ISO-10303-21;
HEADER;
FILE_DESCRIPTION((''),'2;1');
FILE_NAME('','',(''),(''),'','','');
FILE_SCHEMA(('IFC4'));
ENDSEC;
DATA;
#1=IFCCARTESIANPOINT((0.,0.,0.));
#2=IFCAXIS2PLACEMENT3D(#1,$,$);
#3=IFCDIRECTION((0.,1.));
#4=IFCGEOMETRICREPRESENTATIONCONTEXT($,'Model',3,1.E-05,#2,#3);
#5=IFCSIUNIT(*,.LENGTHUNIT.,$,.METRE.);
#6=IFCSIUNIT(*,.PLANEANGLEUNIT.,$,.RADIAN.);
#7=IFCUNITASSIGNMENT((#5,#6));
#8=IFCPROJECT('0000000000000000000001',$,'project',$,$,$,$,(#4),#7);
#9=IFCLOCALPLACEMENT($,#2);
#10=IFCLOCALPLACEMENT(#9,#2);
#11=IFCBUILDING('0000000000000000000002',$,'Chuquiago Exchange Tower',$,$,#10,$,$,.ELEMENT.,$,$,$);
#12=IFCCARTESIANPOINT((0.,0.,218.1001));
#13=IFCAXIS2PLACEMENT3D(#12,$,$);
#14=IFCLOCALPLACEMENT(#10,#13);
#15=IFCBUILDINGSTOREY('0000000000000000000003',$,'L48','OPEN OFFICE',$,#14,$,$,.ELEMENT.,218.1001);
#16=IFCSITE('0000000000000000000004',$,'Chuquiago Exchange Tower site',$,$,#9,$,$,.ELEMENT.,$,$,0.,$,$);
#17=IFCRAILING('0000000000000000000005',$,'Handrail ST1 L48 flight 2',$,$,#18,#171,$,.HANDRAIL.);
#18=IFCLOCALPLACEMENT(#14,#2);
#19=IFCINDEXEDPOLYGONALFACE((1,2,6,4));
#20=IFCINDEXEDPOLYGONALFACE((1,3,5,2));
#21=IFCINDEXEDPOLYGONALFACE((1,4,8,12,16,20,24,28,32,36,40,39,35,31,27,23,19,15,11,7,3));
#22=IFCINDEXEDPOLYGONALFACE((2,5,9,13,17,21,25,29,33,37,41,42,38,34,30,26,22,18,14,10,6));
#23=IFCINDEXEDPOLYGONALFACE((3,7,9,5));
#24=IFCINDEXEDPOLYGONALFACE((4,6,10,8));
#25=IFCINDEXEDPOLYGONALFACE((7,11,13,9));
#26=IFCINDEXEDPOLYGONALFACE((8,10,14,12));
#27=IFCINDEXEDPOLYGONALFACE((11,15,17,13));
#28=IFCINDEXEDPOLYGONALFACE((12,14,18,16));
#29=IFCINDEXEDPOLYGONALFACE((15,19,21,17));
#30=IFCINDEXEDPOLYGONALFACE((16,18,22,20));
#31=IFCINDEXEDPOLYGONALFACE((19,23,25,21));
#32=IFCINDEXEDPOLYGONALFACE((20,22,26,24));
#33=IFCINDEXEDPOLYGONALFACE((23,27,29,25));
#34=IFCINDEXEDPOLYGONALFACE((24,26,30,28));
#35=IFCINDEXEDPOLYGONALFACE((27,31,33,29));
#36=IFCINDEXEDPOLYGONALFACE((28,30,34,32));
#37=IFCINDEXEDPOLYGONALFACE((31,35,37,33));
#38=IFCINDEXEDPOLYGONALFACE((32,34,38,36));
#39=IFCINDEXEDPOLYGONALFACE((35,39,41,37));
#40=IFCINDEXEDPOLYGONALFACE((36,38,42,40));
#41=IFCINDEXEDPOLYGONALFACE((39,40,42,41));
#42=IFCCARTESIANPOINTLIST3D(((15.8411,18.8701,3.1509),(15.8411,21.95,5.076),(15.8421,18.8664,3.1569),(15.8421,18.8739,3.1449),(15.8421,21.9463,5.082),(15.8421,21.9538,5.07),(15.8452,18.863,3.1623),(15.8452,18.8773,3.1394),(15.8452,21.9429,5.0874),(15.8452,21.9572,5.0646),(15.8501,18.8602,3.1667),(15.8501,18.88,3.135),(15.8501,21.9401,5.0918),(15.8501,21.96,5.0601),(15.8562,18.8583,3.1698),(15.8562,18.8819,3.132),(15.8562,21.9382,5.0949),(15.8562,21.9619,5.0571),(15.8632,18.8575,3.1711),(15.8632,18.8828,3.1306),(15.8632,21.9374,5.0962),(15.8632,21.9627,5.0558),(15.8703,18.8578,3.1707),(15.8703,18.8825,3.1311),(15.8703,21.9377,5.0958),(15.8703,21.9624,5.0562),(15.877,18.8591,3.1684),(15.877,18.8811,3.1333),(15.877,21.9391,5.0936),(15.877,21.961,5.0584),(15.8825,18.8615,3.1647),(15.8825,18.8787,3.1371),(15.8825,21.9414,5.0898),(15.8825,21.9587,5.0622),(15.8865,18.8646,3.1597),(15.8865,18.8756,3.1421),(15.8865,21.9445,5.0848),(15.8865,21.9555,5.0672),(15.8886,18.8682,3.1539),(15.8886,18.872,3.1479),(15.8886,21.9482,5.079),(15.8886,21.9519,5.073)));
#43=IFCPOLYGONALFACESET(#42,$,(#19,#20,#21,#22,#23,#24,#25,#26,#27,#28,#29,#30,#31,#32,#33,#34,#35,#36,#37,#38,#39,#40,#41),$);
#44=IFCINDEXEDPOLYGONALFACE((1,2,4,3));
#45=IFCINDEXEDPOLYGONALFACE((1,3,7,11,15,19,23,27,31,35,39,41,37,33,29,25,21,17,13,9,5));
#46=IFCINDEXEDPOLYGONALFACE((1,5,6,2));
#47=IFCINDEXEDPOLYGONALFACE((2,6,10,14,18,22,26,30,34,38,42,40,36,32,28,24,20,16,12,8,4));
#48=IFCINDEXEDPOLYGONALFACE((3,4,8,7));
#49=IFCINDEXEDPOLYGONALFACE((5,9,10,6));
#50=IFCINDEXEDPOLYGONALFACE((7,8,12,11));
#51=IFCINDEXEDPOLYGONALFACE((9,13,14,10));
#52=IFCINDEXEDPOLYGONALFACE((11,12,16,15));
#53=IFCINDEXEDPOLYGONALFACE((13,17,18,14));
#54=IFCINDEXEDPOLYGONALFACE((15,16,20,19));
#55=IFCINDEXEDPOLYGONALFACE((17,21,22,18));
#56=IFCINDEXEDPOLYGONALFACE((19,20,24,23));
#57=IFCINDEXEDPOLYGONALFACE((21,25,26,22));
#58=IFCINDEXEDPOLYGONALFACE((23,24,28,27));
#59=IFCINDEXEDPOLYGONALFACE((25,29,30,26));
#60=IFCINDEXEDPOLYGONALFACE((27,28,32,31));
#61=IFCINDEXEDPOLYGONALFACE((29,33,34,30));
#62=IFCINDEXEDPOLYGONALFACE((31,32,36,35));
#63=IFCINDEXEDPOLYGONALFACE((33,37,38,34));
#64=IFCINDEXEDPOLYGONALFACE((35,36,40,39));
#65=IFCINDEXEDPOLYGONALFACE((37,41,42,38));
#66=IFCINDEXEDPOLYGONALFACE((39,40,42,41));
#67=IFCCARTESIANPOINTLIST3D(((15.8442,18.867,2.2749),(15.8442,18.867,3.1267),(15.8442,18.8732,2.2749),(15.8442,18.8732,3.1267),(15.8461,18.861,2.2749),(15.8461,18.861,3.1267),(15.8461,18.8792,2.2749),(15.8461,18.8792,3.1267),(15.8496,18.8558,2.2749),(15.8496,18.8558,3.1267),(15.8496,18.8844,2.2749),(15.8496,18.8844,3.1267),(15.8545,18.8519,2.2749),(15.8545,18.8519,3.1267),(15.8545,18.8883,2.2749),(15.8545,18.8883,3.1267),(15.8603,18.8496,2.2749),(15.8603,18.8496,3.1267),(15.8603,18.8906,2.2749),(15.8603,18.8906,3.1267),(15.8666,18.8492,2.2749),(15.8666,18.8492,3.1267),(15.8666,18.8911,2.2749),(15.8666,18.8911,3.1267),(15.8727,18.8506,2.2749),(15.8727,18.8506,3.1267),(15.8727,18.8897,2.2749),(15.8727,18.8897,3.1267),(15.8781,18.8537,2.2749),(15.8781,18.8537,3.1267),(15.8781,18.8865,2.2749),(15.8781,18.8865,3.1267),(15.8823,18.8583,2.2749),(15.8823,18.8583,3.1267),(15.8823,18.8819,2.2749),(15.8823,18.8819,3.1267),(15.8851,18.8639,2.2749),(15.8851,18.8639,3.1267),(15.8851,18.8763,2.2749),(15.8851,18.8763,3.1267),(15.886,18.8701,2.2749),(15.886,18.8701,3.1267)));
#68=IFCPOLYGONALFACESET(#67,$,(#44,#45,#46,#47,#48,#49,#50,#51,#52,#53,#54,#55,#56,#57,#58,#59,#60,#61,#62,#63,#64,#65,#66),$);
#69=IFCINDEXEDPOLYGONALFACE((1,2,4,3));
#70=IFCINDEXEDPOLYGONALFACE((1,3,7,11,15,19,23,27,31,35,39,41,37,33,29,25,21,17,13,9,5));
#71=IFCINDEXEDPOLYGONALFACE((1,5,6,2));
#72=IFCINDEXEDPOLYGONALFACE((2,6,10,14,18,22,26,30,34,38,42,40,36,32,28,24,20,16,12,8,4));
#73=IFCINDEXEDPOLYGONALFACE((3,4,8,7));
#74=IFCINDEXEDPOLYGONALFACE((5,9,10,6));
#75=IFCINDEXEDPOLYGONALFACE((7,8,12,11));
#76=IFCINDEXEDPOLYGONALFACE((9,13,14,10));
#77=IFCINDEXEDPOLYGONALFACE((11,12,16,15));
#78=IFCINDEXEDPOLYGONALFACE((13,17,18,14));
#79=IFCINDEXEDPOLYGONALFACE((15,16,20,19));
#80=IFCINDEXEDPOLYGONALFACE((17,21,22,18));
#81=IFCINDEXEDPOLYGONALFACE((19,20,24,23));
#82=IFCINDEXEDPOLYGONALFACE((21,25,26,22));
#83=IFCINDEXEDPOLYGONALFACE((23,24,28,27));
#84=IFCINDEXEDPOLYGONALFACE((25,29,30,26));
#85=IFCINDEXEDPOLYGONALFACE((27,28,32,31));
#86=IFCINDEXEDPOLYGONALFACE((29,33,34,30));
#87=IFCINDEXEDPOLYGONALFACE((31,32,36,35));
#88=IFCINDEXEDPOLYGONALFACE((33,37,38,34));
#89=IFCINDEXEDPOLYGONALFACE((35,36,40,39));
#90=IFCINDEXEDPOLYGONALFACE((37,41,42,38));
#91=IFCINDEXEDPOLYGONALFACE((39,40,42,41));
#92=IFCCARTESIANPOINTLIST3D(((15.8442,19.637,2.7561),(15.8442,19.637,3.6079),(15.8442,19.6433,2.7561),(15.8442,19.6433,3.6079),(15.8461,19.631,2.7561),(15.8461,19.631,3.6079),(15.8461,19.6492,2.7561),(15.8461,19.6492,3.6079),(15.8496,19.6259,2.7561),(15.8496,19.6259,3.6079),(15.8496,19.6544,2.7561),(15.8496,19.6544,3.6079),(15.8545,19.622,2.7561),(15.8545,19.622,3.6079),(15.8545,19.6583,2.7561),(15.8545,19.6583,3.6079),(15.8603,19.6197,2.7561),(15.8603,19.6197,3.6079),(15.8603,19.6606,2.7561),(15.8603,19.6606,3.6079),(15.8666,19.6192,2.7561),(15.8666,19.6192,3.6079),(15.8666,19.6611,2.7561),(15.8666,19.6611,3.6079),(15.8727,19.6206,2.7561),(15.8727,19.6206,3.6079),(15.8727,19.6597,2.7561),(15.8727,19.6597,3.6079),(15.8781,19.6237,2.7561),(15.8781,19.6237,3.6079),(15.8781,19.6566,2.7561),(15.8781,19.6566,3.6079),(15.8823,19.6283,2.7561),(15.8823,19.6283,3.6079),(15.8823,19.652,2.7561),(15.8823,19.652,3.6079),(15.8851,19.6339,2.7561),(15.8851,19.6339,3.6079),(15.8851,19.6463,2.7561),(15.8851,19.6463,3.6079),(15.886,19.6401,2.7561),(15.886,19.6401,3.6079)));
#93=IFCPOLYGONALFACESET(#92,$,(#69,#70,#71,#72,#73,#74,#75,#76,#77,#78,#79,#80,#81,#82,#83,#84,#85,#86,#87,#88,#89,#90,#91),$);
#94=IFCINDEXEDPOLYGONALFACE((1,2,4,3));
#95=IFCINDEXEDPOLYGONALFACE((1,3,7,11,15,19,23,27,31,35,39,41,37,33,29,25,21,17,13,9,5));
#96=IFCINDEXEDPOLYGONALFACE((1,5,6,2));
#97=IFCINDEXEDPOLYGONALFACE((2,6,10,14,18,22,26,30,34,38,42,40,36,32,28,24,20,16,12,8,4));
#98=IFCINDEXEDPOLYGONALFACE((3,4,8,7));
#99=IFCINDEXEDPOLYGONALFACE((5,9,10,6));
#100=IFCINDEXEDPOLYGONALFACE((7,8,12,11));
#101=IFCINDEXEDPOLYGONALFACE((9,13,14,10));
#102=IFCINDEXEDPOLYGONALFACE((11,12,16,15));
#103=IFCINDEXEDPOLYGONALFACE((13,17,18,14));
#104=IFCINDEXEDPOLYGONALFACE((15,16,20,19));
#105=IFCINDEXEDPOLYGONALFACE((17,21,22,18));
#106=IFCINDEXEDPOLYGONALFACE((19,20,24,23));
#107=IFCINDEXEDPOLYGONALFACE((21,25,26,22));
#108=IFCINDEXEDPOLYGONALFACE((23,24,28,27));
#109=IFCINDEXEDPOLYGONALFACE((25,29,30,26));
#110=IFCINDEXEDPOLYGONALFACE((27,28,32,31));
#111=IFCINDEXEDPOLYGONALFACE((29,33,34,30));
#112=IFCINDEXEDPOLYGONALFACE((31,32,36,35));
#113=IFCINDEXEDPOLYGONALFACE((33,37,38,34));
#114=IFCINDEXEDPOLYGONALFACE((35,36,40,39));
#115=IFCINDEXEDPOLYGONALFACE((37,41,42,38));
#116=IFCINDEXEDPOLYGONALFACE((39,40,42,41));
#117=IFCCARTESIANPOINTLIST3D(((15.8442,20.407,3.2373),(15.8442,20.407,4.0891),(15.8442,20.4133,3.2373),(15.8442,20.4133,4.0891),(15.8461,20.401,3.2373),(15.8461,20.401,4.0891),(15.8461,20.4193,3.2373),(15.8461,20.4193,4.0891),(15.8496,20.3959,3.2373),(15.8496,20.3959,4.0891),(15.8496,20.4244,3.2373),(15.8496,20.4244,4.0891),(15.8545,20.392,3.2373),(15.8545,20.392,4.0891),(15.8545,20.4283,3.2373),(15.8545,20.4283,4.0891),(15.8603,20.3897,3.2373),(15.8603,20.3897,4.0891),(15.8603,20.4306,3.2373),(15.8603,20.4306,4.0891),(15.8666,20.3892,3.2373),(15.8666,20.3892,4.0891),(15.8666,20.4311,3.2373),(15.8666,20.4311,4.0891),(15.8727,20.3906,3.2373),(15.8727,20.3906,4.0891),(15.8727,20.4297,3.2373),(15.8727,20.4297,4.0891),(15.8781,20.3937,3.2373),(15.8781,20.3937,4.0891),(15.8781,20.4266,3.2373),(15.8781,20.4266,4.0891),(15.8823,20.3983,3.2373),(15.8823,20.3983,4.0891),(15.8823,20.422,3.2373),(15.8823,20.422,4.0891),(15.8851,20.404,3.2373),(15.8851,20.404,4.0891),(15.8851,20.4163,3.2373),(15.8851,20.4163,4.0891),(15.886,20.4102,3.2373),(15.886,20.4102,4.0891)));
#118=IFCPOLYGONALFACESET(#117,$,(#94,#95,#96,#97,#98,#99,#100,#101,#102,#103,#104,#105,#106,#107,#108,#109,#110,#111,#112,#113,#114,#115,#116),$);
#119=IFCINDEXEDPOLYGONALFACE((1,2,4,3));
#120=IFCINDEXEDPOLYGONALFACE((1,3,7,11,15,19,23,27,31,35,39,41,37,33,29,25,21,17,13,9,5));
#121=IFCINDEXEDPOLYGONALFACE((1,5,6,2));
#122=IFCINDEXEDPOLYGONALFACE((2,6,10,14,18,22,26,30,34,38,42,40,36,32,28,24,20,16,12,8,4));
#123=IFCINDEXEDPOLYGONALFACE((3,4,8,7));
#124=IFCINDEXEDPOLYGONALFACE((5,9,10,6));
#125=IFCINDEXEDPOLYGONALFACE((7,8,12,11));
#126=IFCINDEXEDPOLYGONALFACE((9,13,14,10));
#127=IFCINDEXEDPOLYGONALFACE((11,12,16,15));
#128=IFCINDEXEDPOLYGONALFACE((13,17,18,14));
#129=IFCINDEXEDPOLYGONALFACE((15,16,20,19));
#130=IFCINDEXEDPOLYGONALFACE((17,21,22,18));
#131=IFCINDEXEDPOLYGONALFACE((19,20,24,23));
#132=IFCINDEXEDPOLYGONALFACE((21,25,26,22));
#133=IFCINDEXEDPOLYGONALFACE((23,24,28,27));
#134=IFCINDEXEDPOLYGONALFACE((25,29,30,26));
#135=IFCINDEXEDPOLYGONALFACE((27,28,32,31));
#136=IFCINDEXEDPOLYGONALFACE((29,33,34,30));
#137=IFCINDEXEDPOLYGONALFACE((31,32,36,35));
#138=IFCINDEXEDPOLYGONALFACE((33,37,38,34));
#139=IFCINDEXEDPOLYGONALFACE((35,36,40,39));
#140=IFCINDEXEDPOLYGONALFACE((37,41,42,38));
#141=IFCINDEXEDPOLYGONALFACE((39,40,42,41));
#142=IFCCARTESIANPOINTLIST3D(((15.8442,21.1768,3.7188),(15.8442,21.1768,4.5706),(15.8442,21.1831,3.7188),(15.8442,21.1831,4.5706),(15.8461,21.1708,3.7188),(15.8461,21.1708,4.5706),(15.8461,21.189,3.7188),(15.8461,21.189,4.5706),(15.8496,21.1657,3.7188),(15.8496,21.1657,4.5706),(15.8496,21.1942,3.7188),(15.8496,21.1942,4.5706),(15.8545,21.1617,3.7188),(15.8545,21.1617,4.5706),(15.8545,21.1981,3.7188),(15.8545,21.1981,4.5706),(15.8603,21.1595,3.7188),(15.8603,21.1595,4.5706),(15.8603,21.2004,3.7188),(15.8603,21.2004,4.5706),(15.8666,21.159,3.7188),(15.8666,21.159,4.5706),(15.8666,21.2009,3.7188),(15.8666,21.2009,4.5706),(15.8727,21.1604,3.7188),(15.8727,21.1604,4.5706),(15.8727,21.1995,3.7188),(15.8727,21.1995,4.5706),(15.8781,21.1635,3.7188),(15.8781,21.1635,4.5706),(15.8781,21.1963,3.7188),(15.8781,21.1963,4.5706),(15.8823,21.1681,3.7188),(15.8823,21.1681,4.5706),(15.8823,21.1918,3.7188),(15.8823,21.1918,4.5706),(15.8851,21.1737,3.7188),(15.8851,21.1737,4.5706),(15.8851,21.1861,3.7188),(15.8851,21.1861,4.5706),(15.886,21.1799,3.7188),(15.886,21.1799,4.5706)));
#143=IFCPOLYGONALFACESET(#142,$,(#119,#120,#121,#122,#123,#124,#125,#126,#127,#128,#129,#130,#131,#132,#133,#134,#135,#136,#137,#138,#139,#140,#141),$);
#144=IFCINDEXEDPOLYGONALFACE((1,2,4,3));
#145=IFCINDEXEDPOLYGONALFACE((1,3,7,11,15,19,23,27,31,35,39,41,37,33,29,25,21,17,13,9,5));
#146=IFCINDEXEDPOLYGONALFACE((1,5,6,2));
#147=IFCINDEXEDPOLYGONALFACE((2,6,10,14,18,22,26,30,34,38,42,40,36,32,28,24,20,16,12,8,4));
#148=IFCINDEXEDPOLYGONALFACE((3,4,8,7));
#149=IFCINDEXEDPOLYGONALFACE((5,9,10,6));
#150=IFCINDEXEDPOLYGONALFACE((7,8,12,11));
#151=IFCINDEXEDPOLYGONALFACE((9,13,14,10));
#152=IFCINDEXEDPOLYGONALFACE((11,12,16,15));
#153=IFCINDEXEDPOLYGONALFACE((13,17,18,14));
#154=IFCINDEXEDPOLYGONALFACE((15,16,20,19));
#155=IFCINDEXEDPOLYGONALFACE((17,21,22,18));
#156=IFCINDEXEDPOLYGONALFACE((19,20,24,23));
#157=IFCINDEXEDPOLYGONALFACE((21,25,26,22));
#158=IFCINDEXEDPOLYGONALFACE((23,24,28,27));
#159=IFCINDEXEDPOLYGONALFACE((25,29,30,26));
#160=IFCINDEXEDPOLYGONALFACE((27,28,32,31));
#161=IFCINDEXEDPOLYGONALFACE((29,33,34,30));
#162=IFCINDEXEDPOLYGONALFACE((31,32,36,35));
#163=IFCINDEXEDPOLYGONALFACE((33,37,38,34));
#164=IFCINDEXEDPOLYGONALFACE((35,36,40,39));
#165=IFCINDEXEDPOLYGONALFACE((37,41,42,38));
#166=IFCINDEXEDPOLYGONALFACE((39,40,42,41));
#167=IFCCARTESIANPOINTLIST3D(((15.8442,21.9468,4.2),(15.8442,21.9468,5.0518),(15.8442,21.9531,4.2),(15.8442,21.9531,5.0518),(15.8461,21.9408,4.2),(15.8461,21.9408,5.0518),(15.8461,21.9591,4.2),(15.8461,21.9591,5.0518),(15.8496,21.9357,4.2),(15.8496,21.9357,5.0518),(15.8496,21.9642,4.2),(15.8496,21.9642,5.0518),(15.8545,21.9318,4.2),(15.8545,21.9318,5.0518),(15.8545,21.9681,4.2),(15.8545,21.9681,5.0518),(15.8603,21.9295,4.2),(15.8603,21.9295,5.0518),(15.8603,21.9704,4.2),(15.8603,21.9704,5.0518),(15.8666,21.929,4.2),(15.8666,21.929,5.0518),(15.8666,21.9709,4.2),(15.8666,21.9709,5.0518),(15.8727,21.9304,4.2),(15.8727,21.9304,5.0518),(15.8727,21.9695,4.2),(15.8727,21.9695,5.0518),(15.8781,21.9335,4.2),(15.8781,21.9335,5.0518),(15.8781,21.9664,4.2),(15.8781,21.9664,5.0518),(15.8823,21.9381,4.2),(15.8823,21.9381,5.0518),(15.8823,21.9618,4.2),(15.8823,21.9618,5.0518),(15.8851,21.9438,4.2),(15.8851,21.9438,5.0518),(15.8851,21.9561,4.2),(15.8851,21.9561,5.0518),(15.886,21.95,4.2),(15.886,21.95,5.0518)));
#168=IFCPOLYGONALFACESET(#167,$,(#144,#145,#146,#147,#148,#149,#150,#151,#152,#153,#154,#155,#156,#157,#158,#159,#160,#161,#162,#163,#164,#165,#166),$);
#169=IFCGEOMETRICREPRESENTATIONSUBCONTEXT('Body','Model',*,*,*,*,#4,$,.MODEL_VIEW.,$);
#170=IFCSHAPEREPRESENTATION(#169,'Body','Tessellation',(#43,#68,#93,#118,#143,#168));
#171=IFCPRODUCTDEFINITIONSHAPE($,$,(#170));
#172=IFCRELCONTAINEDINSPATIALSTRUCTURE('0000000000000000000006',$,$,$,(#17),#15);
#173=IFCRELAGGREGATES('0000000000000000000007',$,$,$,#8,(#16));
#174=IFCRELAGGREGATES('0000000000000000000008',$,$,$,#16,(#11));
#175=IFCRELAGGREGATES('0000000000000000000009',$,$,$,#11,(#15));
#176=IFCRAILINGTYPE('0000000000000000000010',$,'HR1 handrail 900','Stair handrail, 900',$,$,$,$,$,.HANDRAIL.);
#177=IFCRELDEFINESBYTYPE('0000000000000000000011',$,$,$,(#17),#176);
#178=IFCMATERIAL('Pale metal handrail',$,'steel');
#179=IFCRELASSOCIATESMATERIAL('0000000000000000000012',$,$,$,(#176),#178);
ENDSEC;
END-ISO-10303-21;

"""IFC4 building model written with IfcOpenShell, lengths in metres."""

from ifc_helpers import new_model, si_unit, direction, frame, origin, origin_2d, place, context, subcontext, project, spatial, circle, extrude, material, type_object, element, save


model = new_model("IFC4")

# Units and contexts
model_context = context("Model", 3, precision=1e-05, world=origin(), true_north=direction((0.0, 1.0)))
body_context = subcontext(model_context, "Body", "Model", "MODEL_VIEW")
ifc_project = project(units=[si_unit("LENGTHUNIT", "METRE"), si_unit("PLANEANGLEUNIT", "RADIAN")], contexts=[model_context])

# Site, building, storey
site_placement = place(None, origin())
site = spatial("IfcSite", under=ifc_project, at=site_placement, Name="Chuquiago Exchange Tower site", CompositionType="ELEMENT", RefElevation=0.0)
building_placement = place(site_placement, origin())
building = spatial("IfcBuilding", under=site, at=building_placement, Name="Chuquiago Exchange Tower", CompositionType="ELEMENT")
storey_placement = place(building_placement, frame((0.0, 0.0, 218.1001)))
storey = spatial("IfcBuildingStorey", under=building, at=storey_placement, Name="L48", Description="OPEN OFFICE", CompositionType="ELEMENT", Elevation=218.1001)

# Railing
ifc_material_1 = material(Name="Pale metal handrail", Category="steel")
railing_type_1 = type_object("IfcRailingType", Name="HR1 handrail 900", Description="Stair handrail, 900", PredefinedType="HANDRAIL", material=ifc_material_1)
for number, where, name in (
    (1, (15.865, 18.8701, 2.2749), "Handrail ST1 L48 flight 2"),
):
    element("IfcRailing", number, at=place(storey_placement, frame(where)), inside=storey, type_object=railing_type_1, Name=name, PredefinedType="HANDRAIL", context=body_context, shape_type="SweptSolid", body=[
        extrude(circle(Radius=0.0239, at=origin_2d()), frame((0.0, 0.0, 0.876), z_axis=(0.0, 0.847979, 0.530029), x_axis=(-1.0, 0.0, 0.0)), (0.0, 0.0, 1.0), 3.6321),
        extrude(circle(Radius=0.021, at=origin_2d()), origin(), (0.0, 0.0, 1.0), 0.8518),
        extrude(circle(Radius=0.021, at=origin_2d()), frame((0.0, 0.77, 0.4812)), (0.0, 0.0, 1.0), 0.8518),
        extrude(circle(Radius=0.021, at=origin_2d()), frame((0.0, 1.54, 0.9624)), (0.0, 0.0, 1.0), 0.8518),
        extrude(circle(Radius=0.021, at=origin_2d()), frame((0.0, 2.3098, 1.4438)), (0.0, 0.0, 1.0), 0.8518),
        extrude(circle(Radius=0.021, at=origin_2d()), frame((0.0, 3.0798, 1.925)), (0.0, 0.0, 1.0), 0.8518),
    ])

save(model, "model.ifc")
